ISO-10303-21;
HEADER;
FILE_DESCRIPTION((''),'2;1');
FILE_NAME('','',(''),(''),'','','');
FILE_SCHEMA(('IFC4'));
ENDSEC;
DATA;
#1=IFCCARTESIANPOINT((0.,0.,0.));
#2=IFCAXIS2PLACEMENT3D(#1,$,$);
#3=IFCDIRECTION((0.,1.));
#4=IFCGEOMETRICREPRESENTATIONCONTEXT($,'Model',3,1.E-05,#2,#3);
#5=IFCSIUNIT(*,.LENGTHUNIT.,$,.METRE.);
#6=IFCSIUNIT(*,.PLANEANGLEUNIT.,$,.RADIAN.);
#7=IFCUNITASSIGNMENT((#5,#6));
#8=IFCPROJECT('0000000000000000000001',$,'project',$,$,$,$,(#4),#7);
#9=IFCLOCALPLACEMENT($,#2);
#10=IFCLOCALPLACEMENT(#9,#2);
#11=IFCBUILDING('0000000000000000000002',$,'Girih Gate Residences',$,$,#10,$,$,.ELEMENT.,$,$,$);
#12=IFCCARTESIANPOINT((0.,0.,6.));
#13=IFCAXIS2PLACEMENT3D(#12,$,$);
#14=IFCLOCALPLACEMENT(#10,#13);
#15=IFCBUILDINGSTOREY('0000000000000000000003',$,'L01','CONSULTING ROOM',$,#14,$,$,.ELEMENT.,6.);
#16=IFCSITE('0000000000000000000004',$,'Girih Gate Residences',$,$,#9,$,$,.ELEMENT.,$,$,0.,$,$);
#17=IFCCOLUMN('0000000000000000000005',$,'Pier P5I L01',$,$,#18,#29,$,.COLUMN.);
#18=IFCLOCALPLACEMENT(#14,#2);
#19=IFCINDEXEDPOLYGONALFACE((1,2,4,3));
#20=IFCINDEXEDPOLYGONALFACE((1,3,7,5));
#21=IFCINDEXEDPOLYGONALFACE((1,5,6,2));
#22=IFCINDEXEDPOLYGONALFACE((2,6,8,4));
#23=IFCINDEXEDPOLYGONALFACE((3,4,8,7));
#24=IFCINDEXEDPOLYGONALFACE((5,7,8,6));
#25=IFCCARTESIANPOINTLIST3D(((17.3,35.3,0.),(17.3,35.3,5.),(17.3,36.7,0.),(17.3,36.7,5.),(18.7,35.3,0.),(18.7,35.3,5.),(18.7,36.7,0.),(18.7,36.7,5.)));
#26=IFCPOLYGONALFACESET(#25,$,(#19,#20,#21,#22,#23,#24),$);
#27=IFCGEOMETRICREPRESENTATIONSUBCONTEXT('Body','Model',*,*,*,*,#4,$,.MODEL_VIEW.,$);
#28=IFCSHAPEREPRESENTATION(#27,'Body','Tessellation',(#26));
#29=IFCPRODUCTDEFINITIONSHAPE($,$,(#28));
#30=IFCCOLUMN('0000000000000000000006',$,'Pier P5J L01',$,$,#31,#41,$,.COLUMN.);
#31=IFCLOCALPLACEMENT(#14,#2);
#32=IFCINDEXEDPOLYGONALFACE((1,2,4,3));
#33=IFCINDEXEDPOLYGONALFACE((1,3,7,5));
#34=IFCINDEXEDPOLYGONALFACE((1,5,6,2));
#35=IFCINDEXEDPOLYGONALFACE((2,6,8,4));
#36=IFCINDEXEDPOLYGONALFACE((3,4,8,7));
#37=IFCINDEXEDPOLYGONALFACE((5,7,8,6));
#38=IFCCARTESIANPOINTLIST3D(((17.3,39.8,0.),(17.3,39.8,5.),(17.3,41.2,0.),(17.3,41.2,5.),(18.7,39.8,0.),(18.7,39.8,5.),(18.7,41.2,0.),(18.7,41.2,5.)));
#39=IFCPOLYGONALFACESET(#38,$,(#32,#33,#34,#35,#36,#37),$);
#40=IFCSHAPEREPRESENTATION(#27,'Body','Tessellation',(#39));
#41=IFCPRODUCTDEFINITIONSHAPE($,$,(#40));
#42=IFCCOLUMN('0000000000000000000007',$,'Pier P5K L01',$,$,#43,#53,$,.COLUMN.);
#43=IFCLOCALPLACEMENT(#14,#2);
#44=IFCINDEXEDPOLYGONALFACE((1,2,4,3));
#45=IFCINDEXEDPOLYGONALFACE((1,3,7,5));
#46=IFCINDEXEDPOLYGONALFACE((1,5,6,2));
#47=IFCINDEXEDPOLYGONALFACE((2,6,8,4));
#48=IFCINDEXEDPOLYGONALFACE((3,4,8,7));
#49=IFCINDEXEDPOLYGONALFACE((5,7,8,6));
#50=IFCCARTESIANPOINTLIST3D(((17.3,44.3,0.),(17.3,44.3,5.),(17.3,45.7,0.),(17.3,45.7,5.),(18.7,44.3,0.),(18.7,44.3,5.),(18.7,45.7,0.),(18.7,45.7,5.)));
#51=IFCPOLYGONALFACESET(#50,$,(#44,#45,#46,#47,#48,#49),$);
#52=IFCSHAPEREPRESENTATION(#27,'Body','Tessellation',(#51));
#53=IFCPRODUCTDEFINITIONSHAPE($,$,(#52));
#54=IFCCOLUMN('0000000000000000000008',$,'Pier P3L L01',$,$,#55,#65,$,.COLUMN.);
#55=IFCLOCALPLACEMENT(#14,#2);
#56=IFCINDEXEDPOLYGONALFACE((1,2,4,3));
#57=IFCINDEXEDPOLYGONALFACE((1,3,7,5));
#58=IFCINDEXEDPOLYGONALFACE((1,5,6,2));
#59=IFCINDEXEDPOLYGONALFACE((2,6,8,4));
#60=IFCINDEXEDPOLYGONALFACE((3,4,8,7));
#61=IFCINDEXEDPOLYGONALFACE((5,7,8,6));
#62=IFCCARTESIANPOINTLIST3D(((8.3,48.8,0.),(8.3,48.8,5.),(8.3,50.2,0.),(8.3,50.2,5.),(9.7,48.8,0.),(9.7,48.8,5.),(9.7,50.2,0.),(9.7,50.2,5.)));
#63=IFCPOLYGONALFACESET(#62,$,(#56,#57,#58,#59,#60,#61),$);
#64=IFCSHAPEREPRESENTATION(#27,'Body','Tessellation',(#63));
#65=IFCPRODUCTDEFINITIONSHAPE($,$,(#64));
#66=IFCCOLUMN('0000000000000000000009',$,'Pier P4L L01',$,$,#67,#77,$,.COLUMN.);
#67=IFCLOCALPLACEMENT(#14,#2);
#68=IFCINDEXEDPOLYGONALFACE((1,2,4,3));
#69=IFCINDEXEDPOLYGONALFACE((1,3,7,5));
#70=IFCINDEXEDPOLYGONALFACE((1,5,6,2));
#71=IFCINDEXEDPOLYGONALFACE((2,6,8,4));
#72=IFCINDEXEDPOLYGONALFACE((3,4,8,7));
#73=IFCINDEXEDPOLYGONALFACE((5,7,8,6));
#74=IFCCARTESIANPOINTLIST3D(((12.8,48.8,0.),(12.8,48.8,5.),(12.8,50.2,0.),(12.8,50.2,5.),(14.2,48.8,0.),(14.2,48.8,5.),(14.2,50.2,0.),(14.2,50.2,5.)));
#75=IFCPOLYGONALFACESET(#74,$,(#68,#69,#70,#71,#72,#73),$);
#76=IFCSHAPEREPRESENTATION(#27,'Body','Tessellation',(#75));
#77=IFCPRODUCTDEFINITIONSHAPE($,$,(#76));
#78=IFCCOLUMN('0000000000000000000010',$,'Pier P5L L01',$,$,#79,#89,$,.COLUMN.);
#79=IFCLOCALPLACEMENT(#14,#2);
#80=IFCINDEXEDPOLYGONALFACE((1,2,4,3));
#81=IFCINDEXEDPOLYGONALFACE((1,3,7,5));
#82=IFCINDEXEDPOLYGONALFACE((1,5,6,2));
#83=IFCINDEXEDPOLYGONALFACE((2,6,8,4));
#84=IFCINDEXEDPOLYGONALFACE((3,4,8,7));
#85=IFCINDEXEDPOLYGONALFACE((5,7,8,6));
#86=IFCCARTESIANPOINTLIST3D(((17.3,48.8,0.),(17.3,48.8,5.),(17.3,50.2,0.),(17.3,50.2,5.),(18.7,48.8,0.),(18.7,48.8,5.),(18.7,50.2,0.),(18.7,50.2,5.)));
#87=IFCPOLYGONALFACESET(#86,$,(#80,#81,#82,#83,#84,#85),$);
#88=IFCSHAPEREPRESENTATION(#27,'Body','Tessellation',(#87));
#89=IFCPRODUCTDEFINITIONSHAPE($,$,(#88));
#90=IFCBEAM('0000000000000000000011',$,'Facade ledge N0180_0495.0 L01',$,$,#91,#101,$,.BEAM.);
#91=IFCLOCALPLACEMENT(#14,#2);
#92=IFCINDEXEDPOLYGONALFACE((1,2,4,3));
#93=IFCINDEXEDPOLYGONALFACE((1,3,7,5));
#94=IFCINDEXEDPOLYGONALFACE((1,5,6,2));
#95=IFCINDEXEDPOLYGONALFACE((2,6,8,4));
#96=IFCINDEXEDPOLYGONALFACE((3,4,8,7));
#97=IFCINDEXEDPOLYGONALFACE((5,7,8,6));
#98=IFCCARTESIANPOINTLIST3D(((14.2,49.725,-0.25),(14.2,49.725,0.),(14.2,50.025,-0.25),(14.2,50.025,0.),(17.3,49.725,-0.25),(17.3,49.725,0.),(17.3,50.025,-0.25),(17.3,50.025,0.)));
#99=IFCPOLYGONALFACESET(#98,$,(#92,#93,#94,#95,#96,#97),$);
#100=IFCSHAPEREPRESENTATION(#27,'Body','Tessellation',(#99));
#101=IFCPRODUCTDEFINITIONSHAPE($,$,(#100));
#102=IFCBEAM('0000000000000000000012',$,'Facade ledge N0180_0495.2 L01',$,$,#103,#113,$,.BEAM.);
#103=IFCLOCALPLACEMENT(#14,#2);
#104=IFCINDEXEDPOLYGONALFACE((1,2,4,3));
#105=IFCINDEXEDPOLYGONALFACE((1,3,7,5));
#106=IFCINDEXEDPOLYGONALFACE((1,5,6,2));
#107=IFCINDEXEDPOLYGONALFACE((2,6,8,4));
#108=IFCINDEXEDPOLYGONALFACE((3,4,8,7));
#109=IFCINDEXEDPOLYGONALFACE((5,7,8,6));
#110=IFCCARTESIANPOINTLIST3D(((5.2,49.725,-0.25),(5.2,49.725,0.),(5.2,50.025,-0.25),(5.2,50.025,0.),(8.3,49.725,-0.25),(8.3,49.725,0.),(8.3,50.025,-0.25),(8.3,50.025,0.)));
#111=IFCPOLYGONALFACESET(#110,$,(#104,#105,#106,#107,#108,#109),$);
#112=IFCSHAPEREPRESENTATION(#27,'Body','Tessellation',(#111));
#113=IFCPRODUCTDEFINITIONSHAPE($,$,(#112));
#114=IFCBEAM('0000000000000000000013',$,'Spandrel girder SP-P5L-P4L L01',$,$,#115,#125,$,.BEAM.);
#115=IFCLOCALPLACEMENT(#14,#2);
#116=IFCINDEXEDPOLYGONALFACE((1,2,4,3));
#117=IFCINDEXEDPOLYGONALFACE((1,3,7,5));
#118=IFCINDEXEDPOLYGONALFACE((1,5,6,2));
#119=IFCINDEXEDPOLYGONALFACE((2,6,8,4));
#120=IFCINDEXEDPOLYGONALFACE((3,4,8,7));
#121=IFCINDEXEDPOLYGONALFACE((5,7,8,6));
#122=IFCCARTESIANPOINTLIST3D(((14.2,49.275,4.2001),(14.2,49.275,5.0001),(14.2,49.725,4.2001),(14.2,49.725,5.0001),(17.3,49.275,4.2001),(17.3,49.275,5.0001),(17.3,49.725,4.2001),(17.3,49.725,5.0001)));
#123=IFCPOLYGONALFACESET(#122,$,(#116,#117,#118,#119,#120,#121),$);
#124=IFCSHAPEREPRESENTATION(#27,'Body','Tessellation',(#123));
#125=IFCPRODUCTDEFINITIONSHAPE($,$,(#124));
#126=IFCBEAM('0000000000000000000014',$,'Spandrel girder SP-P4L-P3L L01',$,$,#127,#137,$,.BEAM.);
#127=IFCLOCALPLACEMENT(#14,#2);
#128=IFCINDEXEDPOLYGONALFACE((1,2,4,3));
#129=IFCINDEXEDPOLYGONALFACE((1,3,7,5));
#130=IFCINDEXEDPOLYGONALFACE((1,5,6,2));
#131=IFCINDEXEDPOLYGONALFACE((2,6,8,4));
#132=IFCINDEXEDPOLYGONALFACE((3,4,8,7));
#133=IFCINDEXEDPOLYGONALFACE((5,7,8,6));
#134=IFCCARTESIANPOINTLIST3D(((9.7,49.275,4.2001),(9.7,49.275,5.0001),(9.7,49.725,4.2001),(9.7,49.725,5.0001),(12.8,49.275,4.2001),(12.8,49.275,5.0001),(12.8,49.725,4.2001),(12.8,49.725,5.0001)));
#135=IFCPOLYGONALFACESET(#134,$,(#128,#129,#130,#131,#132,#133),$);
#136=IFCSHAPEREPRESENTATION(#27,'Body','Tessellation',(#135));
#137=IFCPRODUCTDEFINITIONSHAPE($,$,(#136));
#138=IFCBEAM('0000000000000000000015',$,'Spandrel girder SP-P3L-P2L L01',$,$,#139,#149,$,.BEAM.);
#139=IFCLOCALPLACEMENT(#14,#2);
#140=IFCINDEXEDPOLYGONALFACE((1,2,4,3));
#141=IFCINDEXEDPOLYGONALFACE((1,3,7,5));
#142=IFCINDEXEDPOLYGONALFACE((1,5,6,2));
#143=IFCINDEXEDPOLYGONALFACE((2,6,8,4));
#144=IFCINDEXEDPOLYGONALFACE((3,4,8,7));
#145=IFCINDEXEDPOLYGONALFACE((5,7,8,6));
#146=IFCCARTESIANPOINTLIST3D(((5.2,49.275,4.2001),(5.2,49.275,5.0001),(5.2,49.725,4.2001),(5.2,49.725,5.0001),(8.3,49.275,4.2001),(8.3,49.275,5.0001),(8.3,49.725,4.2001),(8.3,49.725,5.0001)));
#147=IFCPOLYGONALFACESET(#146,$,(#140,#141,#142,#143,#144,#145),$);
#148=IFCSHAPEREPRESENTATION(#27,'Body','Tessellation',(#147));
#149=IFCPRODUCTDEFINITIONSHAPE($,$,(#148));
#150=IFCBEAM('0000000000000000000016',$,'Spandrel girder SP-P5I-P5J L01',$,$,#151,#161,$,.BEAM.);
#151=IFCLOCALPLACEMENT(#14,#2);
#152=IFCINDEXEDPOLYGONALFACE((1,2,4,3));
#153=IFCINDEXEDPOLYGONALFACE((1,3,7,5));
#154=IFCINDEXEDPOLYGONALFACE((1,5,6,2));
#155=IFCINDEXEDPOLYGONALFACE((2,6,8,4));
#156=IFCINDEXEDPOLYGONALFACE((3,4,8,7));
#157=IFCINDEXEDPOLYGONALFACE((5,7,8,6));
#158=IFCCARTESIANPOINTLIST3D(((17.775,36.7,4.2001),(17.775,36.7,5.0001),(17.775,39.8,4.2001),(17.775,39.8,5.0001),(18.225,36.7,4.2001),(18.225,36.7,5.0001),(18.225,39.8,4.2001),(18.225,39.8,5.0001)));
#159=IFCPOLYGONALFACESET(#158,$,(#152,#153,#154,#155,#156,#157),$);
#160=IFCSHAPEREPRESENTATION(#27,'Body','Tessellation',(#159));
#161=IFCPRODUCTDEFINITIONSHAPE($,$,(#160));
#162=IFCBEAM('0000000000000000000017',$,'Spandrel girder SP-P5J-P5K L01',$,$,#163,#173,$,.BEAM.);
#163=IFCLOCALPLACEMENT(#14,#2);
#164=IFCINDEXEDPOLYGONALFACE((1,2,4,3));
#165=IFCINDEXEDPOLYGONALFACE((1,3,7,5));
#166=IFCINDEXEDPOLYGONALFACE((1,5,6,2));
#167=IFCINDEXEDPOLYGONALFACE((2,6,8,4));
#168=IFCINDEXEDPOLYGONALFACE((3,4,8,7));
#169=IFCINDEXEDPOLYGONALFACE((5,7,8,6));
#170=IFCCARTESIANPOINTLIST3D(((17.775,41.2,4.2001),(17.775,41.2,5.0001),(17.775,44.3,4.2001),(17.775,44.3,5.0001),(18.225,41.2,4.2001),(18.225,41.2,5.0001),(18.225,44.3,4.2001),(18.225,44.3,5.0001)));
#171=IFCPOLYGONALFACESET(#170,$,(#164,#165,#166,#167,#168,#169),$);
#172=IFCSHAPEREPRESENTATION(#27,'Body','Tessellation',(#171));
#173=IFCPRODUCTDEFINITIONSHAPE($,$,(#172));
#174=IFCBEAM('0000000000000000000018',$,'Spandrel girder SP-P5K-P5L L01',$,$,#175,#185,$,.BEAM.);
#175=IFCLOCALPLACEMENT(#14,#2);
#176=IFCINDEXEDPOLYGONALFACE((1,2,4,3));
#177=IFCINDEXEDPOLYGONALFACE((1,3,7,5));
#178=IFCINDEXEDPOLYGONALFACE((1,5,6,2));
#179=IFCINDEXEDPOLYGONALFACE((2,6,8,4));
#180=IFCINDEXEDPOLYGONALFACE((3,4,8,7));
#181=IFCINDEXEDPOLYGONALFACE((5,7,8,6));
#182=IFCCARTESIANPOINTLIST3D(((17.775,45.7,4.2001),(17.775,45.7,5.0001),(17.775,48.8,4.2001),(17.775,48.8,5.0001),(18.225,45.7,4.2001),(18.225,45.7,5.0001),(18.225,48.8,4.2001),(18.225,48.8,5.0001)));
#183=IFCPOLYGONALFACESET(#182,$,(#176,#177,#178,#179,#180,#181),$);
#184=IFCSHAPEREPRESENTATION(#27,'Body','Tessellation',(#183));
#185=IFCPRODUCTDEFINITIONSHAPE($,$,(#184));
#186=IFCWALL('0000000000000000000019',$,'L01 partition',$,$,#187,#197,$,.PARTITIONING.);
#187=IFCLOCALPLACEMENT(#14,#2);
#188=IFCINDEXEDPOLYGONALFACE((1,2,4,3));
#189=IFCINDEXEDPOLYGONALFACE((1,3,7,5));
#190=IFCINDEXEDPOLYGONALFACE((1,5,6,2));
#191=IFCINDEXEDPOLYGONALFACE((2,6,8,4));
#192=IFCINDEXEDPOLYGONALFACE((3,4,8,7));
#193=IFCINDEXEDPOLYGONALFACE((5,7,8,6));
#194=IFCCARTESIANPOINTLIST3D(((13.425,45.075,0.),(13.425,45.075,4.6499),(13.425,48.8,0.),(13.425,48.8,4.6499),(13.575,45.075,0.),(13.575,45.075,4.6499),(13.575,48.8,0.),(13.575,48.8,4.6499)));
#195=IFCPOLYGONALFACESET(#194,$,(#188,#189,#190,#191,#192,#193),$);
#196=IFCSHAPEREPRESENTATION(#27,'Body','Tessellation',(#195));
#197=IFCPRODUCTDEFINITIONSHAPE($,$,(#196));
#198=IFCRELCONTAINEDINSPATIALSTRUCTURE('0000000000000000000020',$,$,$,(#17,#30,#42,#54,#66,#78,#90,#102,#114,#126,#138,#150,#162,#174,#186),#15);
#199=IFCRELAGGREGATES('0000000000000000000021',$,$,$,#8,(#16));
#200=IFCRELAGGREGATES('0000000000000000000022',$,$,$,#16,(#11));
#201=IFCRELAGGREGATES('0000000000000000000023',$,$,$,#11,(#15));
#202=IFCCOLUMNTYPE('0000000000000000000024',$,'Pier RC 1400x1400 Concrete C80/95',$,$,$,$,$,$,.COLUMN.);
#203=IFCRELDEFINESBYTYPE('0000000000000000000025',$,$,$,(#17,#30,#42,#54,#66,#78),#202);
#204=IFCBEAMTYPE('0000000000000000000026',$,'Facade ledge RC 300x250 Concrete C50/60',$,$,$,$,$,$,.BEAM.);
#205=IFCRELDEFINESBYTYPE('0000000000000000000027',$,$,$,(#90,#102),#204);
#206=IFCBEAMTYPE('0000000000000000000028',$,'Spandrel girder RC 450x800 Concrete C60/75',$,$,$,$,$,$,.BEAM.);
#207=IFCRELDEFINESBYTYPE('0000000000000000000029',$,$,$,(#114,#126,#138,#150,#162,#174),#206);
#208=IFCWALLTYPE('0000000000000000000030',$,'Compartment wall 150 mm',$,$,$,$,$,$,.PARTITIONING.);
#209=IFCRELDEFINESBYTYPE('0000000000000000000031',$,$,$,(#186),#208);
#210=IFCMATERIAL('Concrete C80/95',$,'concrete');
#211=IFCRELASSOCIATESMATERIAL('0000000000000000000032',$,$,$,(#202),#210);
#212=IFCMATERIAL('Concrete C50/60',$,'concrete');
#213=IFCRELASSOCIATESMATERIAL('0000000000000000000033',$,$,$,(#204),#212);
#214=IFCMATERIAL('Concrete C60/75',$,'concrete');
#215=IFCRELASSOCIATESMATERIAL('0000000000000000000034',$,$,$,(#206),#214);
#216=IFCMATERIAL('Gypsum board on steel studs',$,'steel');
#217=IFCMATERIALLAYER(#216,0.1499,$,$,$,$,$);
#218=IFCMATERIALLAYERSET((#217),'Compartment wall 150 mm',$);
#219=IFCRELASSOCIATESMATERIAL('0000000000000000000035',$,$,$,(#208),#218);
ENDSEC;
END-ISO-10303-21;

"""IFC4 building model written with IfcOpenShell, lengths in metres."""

from ifc_helpers import new_model, si_unit, direction, frame, frame_2d, origin, origin_2d, place, context, subcontext, project, spatial, rectangle, extrude, material, layer, layer_set, material_profile, profile_set, type_object, element, save


model = new_model("IFC4")

# Units and contexts
model_context = context("Model", 3, precision=1e-05, world=origin(), true_north=direction((0.0, 1.0)))
body_context = subcontext(model_context, "Body", "Model", "MODEL_VIEW")
ifc_project = project(units=[si_unit("LENGTHUNIT", "METRE"), si_unit("PLANEANGLEUNIT", "RADIAN")], contexts=[model_context])

# Site, building, storey
site_placement = place(None, origin())
site = spatial("IfcSite", under=ifc_project, at=site_placement, Name="Girih Gate Residences", CompositionType="ELEMENT", RefElevation=0.0)
building_placement = place(site_placement, origin())
building = spatial("IfcBuilding", under=site, at=building_placement, Name="Girih Gate Residences", CompositionType="ELEMENT")
storey_placement = place(building_placement, frame((0.0, 0.0, 6.0)))
storey = spatial("IfcBuildingStorey", under=building, at=storey_placement, Name="L01", Description="CONSULTING ROOM", CompositionType="ELEMENT", Elevation=6.0)

# Columns
ifc_material_1 = material(Name="Concrete C80/95", Category="concrete")
ifc_material_profile_1 = material_profile(ifc_material_1, rectangle(XDim=1.3999, YDim=1.3999, at=origin_2d()))
ifc_profile_set_1 = profile_set([ifc_material_profile_1], Name="Concrete C80/95")
column_type = type_object("IfcColumnType", Name="Pier RC 1400x1400 Concrete C80/95", PredefinedType="COLUMN", material=ifc_profile_set_1)
for number, where, z_axis, x_axis, name in (
    (1, (18.0, 36.0, 0.0), (0.0, 0.0, 1.0), (1.0, 0.0, 0.0), "Pier P5I L01"),
    (2, (18.0, 40.5, 0.0), (0.0, 0.0, 1.0), (1.0, 0.0, 0.0), "Pier P5J L01"),
    (3, (18.0, 45.0, 0.0), (0.0, 0.0, 1.0), (1.0, 0.0, 0.0), "Pier P5K L01"),
    (4, (9.0, 49.5, 0.0), (0.0, 0.0, 1.0), (1.0, 0.0, 0.0), "Pier P3L L01"),
    (5, (13.5, 49.5, 0.0), (0.0, 0.0, 1.0), (1.0, 0.0, 0.0), "Pier P4L L01"),
    (6, (18.0, 49.5, 0.0), (0.0, 0.0, 1.0), (1.0, 0.0, 0.0), "Pier P5L L01"),
):
    element("IfcColumn", number, at=place(storey_placement, frame(where, z_axis=z_axis, x_axis=x_axis)), inside=storey, type_object=column_type, Name=name, PredefinedType="COLUMN", context=body_context, shape_type="SweptSolid", body=[
        extrude(rectangle(XDim=1.3999, YDim=1.3999, at=origin_2d()), origin(), (0.0, 0.0, 1.0), 5.0),
    ])

# Beams
ifc_material_2 = material(Name="Concrete C50/60", Category="concrete")
ifc_material_profile_2 = material_profile(ifc_material_2, rectangle(XDim=0.3, YDim=0.25, at=origin_2d()))
ifc_profile_set_2 = profile_set([ifc_material_profile_2], Name="Concrete C50/60")
beam_type_1 = type_object("IfcBeamType", Name="Facade ledge RC 300x250 Concrete C50/60", PredefinedType="BEAM", material=ifc_profile_set_2)
for number, where, z_axis, x_axis, name in (
    (7, (17.3, 49.875, -0.125), (-1.0, 0.0, 0.0), (0.0, -1.0, 0.0), "Facade ledge N0180_0495.0 L01"),
    (8, (8.3, 49.875, -0.125), (-1.0, 0.0, 0.0), (0.0, -1.0, 0.0), "Facade ledge N0180_0495.2 L01"),
):
    element("IfcBeam", number, at=place(storey_placement, frame(where, z_axis=z_axis, x_axis=x_axis)), inside=storey, type_object=beam_type_1, Name=name, PredefinedType="BEAM", context=body_context, shape_type="SweptSolid", body=[
        extrude(rectangle(XDim=0.3, YDim=0.25, at=origin_2d()), origin(), (0.0, 0.0, 1.0), 3.1001),
    ])
ifc_material_3 = material(Name="Concrete C60/75", Category="concrete")
ifc_material_profile_3 = material_profile(ifc_material_3, rectangle(XDim=0.45, YDim=0.8, at=origin_2d()))
ifc_profile_set_3 = profile_set([ifc_material_profile_3], Name="Concrete C60/75")
beam_type_2 = type_object("IfcBeamType", Name="Spandrel girder RC 450x800 Concrete C60/75", PredefinedType="BEAM", material=ifc_profile_set_3)
for number, where, z_axis, x_axis, name in (
    (9, (17.3, 49.5, 4.6001), (-1.0, 0.0, 0.0), (0.0, -1.0, 0.0), "Spandrel girder SP-P5L-P4L L01"),
    (10, (12.8, 49.5, 4.6001), (-1.0, 0.0, 0.0), (0.0, -1.0, 0.0), "Spandrel girder SP-P4L-P3L L01"),
    (11, (8.3, 49.5, 4.6001), (-1.0, 0.0, 0.0), (0.0, -1.0, 0.0), "Spandrel girder SP-P3L-P2L L01"),
    (12, (18.0, 36.7, 4.6001), (0.0, 1.0, 0.0), (-1.0, 0.0, 0.0), "Spandrel girder SP-P5I-P5J L01"),
    (13, (18.0, 41.2, 4.6001), (0.0, 1.0, 0.0), (-1.0, 0.0, 0.0), "Spandrel girder SP-P5J-P5K L01"),
    (14, (18.0, 45.7, 4.6001), (0.0, 1.0, 0.0), (-1.0, 0.0, 0.0), "Spandrel girder SP-P5K-P5L L01"),
):
    element("IfcBeam", number, at=place(storey_placement, frame(where, z_axis=z_axis, x_axis=x_axis)), inside=storey, type_object=beam_type_2, Name=name, PredefinedType="BEAM", context=body_context, shape_type="SweptSolid", body=[
        extrude(rectangle(XDim=0.45, YDim=0.8, at=origin_2d()), origin(), (0.0, 0.0, 1.0), 3.1001),
    ])

# Wall
ifc_material_4 = material(Name="Gypsum board on steel studs", Category="steel")
ifc_layer_1 = layer(ifc_material_4, 0.1499)
ifc_layer_set_1 = layer_set([ifc_layer_1], Name="Compartment wall 150 mm")
wall_type_1 = type_object("IfcWallType", Name="Compartment wall 150 mm", PredefinedType="PARTITIONING", material=ifc_layer_set_1)
wall_1_placement = place(storey_placement, frame((13.5, 45.075, 0.0), z_axis=(0.0, 0.0, 1.0), x_axis=(0.0, 1.0, 0.0)))
element("IfcWall", 15, at=wall_1_placement, inside=storey, type_object=wall_type_1, Name="L01 partition", PredefinedType="PARTITIONING", context=body_context, shape_type="SweptSolid", body=[
    extrude(rectangle(XDim=3.7251, YDim=0.1499, at=frame_2d((1.8625, 0.0))), origin(), (0.0, 0.0, 1.0), 4.6499),
])

save(model, "model.ifc")
